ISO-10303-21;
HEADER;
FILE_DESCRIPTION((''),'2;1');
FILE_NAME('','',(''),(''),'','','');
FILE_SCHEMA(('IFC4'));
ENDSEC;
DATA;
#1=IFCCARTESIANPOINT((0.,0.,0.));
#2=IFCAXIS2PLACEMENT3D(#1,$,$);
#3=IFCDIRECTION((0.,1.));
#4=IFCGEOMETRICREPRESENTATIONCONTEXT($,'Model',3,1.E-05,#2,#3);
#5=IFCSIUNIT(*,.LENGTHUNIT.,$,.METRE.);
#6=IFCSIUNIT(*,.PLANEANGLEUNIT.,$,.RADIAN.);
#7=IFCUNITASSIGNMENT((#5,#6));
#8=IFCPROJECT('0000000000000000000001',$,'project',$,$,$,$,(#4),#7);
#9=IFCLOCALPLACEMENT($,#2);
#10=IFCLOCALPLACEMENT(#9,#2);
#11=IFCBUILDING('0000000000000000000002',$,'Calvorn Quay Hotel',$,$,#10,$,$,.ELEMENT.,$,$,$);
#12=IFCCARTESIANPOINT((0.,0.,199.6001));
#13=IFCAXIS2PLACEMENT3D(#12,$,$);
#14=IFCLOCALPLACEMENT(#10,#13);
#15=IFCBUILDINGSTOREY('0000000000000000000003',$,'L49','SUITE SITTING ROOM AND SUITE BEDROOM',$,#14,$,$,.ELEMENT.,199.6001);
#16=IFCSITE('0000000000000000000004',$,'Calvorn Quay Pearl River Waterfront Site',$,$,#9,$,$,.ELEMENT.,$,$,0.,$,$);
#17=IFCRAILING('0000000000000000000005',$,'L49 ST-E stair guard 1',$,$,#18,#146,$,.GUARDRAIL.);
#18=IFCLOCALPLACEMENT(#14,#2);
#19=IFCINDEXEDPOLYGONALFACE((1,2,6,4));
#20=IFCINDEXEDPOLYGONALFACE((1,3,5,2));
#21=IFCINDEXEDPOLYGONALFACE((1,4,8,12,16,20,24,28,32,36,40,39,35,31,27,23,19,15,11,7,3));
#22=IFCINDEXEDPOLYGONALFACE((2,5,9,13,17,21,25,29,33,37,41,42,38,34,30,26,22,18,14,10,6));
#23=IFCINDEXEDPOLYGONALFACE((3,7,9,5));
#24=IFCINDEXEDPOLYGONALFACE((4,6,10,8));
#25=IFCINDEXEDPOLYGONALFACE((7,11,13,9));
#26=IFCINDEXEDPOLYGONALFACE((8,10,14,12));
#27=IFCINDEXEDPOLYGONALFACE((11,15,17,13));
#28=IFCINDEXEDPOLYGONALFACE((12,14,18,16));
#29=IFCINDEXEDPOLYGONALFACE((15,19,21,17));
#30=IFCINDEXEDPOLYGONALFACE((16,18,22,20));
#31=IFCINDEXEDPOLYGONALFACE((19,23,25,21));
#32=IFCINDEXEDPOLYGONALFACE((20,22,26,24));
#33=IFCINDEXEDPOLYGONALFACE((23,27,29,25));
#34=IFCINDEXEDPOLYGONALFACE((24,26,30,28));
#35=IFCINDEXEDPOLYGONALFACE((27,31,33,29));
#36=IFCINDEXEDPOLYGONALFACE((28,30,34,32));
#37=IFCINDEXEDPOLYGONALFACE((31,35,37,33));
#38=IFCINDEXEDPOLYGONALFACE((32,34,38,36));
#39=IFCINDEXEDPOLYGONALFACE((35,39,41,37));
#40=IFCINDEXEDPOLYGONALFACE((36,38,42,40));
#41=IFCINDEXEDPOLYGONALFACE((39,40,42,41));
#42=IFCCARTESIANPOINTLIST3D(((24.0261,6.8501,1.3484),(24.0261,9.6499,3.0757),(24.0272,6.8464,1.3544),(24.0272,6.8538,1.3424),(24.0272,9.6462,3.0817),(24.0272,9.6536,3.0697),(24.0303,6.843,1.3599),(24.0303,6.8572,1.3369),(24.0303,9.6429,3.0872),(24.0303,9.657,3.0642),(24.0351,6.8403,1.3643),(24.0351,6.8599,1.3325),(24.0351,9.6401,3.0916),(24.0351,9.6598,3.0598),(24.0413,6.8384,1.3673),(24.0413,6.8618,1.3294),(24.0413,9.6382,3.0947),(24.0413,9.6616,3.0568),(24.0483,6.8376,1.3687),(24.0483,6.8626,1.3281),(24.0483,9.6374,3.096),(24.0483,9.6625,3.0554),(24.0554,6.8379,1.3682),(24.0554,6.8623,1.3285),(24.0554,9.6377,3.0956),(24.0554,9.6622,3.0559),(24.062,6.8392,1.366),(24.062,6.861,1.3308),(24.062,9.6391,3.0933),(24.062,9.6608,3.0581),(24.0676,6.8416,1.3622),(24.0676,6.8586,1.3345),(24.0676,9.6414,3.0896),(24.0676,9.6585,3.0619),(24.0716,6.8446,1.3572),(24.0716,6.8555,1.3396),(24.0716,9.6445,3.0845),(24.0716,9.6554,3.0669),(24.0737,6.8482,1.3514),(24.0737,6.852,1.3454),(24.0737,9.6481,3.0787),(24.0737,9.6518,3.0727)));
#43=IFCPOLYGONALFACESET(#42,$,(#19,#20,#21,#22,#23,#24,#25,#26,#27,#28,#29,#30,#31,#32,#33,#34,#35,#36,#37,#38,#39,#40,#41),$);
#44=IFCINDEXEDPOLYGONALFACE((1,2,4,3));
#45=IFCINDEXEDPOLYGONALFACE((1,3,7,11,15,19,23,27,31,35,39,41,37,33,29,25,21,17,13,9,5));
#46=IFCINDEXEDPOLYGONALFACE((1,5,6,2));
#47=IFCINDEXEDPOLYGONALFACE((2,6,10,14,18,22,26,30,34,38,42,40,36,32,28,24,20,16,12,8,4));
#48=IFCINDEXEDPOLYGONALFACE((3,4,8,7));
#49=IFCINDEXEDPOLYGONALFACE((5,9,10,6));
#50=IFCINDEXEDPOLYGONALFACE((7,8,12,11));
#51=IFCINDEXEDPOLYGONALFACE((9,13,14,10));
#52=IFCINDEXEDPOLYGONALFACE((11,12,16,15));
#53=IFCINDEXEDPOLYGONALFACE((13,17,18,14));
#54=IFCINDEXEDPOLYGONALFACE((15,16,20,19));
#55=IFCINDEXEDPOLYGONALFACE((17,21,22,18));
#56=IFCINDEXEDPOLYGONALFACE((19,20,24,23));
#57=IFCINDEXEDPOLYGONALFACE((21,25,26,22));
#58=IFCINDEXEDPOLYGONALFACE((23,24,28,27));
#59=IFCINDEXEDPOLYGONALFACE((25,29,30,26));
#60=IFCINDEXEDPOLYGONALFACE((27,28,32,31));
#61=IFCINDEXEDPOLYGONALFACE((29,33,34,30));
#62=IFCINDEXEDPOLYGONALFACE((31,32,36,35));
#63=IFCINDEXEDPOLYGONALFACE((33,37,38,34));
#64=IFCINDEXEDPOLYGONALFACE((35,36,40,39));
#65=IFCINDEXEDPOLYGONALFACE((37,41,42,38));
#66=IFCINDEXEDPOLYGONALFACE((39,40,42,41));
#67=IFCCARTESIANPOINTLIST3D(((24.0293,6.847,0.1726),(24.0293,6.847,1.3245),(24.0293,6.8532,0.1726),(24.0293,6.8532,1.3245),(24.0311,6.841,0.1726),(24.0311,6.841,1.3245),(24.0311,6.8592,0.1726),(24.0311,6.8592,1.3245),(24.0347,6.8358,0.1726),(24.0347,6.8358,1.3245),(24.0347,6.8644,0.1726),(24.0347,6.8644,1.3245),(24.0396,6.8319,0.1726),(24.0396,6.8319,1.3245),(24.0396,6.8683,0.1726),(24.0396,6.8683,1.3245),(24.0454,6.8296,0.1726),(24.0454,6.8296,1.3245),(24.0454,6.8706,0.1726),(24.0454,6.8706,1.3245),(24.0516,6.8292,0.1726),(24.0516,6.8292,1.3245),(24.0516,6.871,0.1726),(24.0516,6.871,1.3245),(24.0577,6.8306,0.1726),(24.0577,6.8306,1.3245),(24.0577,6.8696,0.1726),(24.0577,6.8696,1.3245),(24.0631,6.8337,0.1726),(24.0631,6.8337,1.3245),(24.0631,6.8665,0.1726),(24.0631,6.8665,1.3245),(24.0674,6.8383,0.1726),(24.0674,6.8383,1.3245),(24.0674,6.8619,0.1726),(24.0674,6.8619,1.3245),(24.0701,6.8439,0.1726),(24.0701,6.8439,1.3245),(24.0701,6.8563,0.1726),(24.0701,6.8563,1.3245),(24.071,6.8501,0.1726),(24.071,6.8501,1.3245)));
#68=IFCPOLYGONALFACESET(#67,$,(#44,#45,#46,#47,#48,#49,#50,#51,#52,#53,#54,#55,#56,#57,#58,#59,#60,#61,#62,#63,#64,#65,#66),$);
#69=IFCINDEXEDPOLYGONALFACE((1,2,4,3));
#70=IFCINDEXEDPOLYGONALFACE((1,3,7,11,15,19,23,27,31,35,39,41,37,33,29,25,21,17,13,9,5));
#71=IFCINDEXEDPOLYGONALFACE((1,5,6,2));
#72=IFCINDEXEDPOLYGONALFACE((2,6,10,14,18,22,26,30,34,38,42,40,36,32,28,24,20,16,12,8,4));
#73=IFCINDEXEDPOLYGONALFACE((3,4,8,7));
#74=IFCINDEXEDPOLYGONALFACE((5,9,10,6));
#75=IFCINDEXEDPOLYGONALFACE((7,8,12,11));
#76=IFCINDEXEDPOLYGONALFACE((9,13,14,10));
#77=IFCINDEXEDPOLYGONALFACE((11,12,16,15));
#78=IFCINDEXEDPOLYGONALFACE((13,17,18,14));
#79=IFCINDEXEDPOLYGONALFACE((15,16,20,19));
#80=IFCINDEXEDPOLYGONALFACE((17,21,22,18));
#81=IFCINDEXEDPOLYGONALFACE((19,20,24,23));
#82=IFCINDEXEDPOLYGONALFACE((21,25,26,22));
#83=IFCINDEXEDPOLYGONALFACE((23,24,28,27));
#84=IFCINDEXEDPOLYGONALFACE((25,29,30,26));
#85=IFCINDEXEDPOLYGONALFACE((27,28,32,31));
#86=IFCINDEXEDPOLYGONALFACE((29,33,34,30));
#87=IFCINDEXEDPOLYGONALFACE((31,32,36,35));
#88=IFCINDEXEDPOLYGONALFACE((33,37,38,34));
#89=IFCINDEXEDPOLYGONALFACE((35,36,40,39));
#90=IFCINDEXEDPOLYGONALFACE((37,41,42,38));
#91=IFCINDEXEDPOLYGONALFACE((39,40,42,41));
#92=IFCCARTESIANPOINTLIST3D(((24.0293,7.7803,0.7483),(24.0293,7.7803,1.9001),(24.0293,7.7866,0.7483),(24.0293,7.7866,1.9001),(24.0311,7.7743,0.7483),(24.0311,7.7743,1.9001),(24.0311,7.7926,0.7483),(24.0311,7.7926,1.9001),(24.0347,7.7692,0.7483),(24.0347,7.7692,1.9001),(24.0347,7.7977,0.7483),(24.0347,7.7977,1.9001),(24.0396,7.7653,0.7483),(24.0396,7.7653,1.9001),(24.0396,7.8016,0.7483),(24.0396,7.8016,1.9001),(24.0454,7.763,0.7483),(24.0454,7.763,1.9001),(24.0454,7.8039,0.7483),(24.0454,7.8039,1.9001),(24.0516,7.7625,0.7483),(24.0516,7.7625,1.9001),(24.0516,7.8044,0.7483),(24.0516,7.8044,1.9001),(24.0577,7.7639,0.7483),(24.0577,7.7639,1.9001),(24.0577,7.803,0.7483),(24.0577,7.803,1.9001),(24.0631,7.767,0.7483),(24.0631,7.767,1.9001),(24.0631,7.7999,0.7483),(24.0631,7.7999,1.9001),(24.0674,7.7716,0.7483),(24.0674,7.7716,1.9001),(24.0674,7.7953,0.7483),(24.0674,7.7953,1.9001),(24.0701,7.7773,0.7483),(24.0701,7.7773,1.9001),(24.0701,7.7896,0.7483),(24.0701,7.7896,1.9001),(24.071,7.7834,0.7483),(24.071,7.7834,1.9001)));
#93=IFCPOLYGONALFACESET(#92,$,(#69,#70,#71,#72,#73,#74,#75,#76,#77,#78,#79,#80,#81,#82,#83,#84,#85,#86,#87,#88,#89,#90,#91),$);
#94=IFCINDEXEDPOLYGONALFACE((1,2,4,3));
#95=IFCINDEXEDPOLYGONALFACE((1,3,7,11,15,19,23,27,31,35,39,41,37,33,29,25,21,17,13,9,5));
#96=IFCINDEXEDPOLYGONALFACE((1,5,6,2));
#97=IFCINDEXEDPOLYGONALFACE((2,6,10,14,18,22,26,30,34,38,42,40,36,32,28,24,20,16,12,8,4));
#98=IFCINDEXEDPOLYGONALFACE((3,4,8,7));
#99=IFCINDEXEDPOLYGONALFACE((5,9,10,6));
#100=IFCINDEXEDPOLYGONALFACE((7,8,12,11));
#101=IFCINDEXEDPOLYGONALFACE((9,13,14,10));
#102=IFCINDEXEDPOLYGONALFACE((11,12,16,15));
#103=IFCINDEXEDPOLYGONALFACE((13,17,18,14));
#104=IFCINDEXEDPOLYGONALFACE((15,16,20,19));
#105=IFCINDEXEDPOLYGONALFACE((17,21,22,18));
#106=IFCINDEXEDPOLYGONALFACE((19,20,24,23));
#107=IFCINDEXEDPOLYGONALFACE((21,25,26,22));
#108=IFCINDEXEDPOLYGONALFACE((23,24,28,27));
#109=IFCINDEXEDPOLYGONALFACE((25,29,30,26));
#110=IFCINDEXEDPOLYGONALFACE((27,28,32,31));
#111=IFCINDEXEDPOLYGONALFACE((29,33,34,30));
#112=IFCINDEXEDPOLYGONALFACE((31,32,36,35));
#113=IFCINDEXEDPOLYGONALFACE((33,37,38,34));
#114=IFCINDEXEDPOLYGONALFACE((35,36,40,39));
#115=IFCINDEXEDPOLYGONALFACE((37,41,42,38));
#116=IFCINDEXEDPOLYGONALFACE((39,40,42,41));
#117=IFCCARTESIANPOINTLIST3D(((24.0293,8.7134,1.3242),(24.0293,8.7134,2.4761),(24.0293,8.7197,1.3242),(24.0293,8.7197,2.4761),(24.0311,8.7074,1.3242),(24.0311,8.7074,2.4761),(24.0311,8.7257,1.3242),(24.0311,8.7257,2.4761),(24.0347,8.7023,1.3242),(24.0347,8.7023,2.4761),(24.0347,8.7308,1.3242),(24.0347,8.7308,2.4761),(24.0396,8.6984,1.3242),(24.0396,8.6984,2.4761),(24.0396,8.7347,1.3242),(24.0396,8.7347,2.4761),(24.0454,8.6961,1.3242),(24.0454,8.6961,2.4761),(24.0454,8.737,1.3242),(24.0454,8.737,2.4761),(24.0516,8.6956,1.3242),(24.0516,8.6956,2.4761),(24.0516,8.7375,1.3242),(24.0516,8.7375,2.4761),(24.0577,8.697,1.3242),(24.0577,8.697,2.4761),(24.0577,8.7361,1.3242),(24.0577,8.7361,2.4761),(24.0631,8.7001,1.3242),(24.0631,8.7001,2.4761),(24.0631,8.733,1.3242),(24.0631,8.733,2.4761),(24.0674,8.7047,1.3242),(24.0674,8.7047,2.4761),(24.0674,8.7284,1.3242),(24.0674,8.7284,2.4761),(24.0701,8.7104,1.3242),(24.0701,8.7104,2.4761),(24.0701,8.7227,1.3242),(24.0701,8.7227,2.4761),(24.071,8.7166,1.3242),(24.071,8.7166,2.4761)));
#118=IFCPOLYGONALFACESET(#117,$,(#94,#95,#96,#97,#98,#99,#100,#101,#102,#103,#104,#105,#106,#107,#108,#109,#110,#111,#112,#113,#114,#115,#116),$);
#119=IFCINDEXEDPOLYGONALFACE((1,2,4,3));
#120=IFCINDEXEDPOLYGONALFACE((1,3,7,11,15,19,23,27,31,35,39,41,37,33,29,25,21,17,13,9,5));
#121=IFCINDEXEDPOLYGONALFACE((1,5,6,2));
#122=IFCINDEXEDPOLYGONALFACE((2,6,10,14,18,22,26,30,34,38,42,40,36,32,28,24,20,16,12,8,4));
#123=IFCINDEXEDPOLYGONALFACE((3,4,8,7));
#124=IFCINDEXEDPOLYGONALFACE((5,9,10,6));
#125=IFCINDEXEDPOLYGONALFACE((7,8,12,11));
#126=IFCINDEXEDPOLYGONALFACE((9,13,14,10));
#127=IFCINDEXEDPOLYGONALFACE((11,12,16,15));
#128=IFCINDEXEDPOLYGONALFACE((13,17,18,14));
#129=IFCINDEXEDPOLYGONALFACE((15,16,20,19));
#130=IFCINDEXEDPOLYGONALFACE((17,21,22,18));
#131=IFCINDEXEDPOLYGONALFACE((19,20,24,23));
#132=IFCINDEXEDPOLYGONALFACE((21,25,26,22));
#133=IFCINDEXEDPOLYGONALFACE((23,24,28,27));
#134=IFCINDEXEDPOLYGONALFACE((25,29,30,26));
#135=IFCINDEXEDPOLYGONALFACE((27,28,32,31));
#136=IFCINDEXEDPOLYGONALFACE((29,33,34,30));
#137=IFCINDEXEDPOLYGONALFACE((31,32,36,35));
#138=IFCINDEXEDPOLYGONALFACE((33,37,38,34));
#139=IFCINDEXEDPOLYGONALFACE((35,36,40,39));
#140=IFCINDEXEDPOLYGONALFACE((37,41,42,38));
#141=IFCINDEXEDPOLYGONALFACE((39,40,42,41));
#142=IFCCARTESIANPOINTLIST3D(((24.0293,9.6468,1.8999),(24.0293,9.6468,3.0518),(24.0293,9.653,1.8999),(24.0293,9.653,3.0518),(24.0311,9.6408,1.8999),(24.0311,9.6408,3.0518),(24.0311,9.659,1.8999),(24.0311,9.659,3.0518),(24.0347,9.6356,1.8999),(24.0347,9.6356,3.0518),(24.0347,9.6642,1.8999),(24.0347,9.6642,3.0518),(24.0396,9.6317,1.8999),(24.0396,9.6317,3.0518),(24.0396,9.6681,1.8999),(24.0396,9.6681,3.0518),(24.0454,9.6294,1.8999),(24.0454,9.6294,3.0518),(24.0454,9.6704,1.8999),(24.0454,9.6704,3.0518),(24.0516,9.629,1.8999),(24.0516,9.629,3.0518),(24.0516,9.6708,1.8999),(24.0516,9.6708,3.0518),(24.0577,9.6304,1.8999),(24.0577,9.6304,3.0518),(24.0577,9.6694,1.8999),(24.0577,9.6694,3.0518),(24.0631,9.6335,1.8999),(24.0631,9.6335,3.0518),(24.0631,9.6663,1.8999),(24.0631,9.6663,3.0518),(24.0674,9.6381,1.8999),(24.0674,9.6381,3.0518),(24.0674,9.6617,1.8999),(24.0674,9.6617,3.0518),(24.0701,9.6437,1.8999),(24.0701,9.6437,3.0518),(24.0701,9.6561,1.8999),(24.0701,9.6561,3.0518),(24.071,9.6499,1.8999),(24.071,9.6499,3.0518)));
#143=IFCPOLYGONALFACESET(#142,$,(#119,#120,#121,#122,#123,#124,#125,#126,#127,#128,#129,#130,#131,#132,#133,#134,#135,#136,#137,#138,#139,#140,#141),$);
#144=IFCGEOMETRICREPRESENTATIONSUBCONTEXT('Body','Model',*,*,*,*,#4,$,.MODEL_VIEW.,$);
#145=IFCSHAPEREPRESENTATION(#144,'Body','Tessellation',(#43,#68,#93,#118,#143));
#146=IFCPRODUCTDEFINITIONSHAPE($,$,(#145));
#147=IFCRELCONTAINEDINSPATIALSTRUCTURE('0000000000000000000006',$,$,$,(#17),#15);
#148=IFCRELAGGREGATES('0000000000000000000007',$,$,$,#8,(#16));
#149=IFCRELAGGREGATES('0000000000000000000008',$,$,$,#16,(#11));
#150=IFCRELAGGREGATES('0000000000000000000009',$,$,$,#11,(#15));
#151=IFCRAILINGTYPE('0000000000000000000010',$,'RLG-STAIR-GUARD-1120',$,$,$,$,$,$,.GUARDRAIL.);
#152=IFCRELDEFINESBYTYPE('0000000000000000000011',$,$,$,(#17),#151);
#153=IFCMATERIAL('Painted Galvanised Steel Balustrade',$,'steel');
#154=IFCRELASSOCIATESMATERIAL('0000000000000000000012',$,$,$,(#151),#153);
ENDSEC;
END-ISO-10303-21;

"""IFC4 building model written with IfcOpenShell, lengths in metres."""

from ifc_helpers import new_model, si_unit, direction, frame, origin, origin_2d, place, context, subcontext, project, spatial, circle, extrude, material, type_object, element, save


model = new_model("IFC4")

# Units and contexts
model_context = context("Model", 3, precision=1e-05, world=origin(), true_north=direction((0.0, 1.0)))
body_context = subcontext(model_context, "Body", "Model", "MODEL_VIEW")
ifc_project = project(units=[si_unit("LENGTHUNIT", "METRE"), si_unit("PLANEANGLEUNIT", "RADIAN")], contexts=[model_context])

# Site, building, storey
site_placement = place(None, origin())
site = spatial("IfcSite", under=ifc_project, at=site_placement, Name="Calvorn Quay Pearl River Waterfront Site", CompositionType="ELEMENT", RefElevation=0.0)
building_placement = place(site_placement, origin())
building = spatial("IfcBuilding", under=site, at=building_placement, Name="Calvorn Quay Hotel", CompositionType="ELEMENT")
storey_placement = place(building_placement, frame((0.0, 0.0, 199.6001)))
storey = spatial("IfcBuildingStorey", under=building, at=storey_placement, Name="L49", Description="SUITE SITTING ROOM AND SUITE BEDROOM", CompositionType="ELEMENT", Elevation=199.6001)

# Railing
ifc_material_1 = material(Name="Painted Galvanised Steel Balustrade", Category="steel")
railing_type_1 = type_object("IfcRailingType", Name="RLG-STAIR-GUARD-1120", PredefinedType="GUARDRAIL", material=ifc_material_1)
railing_1_placement = place(storey_placement, frame((24.05, 6.8501, 0.1726)))
element("IfcRailing", 1, at=railing_1_placement, inside=storey, type_object=railing_type_1, Name="L49 ST-E stair guard 1", PredefinedType="GUARDRAIL", context=body_context, shape_type="SweptSolid", body=[
    extrude(circle(Radius=0.0239, at=origin_2d()), frame((0.0, 0.0, 1.1758), z_axis=(0.0, 0.851069, 0.525054), x_axis=(-1.0, 0.0, 0.0)), (0.0, 0.0, 1.0), 3.2898),
    extrude(circle(Radius=0.021, at=origin_2d()), origin(), (0.0, 0.0, 1.0), 1.1519),
    extrude(circle(Radius=0.021, at=origin_2d()), frame((0.0, 0.9333, 0.5757)), (0.0, 0.0, 1.0), 1.1519),
    extrude(circle(Radius=0.021, at=origin_2d()), frame((0.0, 1.8665, 1.1516)), (0.0, 0.0, 1.0), 1.1519),
    extrude(circle(Radius=0.021, at=origin_2d()), frame((0.0, 2.7998, 1.7273)), (0.0, 0.0, 1.0), 1.1519),
])

save(model, "model.ifc")
